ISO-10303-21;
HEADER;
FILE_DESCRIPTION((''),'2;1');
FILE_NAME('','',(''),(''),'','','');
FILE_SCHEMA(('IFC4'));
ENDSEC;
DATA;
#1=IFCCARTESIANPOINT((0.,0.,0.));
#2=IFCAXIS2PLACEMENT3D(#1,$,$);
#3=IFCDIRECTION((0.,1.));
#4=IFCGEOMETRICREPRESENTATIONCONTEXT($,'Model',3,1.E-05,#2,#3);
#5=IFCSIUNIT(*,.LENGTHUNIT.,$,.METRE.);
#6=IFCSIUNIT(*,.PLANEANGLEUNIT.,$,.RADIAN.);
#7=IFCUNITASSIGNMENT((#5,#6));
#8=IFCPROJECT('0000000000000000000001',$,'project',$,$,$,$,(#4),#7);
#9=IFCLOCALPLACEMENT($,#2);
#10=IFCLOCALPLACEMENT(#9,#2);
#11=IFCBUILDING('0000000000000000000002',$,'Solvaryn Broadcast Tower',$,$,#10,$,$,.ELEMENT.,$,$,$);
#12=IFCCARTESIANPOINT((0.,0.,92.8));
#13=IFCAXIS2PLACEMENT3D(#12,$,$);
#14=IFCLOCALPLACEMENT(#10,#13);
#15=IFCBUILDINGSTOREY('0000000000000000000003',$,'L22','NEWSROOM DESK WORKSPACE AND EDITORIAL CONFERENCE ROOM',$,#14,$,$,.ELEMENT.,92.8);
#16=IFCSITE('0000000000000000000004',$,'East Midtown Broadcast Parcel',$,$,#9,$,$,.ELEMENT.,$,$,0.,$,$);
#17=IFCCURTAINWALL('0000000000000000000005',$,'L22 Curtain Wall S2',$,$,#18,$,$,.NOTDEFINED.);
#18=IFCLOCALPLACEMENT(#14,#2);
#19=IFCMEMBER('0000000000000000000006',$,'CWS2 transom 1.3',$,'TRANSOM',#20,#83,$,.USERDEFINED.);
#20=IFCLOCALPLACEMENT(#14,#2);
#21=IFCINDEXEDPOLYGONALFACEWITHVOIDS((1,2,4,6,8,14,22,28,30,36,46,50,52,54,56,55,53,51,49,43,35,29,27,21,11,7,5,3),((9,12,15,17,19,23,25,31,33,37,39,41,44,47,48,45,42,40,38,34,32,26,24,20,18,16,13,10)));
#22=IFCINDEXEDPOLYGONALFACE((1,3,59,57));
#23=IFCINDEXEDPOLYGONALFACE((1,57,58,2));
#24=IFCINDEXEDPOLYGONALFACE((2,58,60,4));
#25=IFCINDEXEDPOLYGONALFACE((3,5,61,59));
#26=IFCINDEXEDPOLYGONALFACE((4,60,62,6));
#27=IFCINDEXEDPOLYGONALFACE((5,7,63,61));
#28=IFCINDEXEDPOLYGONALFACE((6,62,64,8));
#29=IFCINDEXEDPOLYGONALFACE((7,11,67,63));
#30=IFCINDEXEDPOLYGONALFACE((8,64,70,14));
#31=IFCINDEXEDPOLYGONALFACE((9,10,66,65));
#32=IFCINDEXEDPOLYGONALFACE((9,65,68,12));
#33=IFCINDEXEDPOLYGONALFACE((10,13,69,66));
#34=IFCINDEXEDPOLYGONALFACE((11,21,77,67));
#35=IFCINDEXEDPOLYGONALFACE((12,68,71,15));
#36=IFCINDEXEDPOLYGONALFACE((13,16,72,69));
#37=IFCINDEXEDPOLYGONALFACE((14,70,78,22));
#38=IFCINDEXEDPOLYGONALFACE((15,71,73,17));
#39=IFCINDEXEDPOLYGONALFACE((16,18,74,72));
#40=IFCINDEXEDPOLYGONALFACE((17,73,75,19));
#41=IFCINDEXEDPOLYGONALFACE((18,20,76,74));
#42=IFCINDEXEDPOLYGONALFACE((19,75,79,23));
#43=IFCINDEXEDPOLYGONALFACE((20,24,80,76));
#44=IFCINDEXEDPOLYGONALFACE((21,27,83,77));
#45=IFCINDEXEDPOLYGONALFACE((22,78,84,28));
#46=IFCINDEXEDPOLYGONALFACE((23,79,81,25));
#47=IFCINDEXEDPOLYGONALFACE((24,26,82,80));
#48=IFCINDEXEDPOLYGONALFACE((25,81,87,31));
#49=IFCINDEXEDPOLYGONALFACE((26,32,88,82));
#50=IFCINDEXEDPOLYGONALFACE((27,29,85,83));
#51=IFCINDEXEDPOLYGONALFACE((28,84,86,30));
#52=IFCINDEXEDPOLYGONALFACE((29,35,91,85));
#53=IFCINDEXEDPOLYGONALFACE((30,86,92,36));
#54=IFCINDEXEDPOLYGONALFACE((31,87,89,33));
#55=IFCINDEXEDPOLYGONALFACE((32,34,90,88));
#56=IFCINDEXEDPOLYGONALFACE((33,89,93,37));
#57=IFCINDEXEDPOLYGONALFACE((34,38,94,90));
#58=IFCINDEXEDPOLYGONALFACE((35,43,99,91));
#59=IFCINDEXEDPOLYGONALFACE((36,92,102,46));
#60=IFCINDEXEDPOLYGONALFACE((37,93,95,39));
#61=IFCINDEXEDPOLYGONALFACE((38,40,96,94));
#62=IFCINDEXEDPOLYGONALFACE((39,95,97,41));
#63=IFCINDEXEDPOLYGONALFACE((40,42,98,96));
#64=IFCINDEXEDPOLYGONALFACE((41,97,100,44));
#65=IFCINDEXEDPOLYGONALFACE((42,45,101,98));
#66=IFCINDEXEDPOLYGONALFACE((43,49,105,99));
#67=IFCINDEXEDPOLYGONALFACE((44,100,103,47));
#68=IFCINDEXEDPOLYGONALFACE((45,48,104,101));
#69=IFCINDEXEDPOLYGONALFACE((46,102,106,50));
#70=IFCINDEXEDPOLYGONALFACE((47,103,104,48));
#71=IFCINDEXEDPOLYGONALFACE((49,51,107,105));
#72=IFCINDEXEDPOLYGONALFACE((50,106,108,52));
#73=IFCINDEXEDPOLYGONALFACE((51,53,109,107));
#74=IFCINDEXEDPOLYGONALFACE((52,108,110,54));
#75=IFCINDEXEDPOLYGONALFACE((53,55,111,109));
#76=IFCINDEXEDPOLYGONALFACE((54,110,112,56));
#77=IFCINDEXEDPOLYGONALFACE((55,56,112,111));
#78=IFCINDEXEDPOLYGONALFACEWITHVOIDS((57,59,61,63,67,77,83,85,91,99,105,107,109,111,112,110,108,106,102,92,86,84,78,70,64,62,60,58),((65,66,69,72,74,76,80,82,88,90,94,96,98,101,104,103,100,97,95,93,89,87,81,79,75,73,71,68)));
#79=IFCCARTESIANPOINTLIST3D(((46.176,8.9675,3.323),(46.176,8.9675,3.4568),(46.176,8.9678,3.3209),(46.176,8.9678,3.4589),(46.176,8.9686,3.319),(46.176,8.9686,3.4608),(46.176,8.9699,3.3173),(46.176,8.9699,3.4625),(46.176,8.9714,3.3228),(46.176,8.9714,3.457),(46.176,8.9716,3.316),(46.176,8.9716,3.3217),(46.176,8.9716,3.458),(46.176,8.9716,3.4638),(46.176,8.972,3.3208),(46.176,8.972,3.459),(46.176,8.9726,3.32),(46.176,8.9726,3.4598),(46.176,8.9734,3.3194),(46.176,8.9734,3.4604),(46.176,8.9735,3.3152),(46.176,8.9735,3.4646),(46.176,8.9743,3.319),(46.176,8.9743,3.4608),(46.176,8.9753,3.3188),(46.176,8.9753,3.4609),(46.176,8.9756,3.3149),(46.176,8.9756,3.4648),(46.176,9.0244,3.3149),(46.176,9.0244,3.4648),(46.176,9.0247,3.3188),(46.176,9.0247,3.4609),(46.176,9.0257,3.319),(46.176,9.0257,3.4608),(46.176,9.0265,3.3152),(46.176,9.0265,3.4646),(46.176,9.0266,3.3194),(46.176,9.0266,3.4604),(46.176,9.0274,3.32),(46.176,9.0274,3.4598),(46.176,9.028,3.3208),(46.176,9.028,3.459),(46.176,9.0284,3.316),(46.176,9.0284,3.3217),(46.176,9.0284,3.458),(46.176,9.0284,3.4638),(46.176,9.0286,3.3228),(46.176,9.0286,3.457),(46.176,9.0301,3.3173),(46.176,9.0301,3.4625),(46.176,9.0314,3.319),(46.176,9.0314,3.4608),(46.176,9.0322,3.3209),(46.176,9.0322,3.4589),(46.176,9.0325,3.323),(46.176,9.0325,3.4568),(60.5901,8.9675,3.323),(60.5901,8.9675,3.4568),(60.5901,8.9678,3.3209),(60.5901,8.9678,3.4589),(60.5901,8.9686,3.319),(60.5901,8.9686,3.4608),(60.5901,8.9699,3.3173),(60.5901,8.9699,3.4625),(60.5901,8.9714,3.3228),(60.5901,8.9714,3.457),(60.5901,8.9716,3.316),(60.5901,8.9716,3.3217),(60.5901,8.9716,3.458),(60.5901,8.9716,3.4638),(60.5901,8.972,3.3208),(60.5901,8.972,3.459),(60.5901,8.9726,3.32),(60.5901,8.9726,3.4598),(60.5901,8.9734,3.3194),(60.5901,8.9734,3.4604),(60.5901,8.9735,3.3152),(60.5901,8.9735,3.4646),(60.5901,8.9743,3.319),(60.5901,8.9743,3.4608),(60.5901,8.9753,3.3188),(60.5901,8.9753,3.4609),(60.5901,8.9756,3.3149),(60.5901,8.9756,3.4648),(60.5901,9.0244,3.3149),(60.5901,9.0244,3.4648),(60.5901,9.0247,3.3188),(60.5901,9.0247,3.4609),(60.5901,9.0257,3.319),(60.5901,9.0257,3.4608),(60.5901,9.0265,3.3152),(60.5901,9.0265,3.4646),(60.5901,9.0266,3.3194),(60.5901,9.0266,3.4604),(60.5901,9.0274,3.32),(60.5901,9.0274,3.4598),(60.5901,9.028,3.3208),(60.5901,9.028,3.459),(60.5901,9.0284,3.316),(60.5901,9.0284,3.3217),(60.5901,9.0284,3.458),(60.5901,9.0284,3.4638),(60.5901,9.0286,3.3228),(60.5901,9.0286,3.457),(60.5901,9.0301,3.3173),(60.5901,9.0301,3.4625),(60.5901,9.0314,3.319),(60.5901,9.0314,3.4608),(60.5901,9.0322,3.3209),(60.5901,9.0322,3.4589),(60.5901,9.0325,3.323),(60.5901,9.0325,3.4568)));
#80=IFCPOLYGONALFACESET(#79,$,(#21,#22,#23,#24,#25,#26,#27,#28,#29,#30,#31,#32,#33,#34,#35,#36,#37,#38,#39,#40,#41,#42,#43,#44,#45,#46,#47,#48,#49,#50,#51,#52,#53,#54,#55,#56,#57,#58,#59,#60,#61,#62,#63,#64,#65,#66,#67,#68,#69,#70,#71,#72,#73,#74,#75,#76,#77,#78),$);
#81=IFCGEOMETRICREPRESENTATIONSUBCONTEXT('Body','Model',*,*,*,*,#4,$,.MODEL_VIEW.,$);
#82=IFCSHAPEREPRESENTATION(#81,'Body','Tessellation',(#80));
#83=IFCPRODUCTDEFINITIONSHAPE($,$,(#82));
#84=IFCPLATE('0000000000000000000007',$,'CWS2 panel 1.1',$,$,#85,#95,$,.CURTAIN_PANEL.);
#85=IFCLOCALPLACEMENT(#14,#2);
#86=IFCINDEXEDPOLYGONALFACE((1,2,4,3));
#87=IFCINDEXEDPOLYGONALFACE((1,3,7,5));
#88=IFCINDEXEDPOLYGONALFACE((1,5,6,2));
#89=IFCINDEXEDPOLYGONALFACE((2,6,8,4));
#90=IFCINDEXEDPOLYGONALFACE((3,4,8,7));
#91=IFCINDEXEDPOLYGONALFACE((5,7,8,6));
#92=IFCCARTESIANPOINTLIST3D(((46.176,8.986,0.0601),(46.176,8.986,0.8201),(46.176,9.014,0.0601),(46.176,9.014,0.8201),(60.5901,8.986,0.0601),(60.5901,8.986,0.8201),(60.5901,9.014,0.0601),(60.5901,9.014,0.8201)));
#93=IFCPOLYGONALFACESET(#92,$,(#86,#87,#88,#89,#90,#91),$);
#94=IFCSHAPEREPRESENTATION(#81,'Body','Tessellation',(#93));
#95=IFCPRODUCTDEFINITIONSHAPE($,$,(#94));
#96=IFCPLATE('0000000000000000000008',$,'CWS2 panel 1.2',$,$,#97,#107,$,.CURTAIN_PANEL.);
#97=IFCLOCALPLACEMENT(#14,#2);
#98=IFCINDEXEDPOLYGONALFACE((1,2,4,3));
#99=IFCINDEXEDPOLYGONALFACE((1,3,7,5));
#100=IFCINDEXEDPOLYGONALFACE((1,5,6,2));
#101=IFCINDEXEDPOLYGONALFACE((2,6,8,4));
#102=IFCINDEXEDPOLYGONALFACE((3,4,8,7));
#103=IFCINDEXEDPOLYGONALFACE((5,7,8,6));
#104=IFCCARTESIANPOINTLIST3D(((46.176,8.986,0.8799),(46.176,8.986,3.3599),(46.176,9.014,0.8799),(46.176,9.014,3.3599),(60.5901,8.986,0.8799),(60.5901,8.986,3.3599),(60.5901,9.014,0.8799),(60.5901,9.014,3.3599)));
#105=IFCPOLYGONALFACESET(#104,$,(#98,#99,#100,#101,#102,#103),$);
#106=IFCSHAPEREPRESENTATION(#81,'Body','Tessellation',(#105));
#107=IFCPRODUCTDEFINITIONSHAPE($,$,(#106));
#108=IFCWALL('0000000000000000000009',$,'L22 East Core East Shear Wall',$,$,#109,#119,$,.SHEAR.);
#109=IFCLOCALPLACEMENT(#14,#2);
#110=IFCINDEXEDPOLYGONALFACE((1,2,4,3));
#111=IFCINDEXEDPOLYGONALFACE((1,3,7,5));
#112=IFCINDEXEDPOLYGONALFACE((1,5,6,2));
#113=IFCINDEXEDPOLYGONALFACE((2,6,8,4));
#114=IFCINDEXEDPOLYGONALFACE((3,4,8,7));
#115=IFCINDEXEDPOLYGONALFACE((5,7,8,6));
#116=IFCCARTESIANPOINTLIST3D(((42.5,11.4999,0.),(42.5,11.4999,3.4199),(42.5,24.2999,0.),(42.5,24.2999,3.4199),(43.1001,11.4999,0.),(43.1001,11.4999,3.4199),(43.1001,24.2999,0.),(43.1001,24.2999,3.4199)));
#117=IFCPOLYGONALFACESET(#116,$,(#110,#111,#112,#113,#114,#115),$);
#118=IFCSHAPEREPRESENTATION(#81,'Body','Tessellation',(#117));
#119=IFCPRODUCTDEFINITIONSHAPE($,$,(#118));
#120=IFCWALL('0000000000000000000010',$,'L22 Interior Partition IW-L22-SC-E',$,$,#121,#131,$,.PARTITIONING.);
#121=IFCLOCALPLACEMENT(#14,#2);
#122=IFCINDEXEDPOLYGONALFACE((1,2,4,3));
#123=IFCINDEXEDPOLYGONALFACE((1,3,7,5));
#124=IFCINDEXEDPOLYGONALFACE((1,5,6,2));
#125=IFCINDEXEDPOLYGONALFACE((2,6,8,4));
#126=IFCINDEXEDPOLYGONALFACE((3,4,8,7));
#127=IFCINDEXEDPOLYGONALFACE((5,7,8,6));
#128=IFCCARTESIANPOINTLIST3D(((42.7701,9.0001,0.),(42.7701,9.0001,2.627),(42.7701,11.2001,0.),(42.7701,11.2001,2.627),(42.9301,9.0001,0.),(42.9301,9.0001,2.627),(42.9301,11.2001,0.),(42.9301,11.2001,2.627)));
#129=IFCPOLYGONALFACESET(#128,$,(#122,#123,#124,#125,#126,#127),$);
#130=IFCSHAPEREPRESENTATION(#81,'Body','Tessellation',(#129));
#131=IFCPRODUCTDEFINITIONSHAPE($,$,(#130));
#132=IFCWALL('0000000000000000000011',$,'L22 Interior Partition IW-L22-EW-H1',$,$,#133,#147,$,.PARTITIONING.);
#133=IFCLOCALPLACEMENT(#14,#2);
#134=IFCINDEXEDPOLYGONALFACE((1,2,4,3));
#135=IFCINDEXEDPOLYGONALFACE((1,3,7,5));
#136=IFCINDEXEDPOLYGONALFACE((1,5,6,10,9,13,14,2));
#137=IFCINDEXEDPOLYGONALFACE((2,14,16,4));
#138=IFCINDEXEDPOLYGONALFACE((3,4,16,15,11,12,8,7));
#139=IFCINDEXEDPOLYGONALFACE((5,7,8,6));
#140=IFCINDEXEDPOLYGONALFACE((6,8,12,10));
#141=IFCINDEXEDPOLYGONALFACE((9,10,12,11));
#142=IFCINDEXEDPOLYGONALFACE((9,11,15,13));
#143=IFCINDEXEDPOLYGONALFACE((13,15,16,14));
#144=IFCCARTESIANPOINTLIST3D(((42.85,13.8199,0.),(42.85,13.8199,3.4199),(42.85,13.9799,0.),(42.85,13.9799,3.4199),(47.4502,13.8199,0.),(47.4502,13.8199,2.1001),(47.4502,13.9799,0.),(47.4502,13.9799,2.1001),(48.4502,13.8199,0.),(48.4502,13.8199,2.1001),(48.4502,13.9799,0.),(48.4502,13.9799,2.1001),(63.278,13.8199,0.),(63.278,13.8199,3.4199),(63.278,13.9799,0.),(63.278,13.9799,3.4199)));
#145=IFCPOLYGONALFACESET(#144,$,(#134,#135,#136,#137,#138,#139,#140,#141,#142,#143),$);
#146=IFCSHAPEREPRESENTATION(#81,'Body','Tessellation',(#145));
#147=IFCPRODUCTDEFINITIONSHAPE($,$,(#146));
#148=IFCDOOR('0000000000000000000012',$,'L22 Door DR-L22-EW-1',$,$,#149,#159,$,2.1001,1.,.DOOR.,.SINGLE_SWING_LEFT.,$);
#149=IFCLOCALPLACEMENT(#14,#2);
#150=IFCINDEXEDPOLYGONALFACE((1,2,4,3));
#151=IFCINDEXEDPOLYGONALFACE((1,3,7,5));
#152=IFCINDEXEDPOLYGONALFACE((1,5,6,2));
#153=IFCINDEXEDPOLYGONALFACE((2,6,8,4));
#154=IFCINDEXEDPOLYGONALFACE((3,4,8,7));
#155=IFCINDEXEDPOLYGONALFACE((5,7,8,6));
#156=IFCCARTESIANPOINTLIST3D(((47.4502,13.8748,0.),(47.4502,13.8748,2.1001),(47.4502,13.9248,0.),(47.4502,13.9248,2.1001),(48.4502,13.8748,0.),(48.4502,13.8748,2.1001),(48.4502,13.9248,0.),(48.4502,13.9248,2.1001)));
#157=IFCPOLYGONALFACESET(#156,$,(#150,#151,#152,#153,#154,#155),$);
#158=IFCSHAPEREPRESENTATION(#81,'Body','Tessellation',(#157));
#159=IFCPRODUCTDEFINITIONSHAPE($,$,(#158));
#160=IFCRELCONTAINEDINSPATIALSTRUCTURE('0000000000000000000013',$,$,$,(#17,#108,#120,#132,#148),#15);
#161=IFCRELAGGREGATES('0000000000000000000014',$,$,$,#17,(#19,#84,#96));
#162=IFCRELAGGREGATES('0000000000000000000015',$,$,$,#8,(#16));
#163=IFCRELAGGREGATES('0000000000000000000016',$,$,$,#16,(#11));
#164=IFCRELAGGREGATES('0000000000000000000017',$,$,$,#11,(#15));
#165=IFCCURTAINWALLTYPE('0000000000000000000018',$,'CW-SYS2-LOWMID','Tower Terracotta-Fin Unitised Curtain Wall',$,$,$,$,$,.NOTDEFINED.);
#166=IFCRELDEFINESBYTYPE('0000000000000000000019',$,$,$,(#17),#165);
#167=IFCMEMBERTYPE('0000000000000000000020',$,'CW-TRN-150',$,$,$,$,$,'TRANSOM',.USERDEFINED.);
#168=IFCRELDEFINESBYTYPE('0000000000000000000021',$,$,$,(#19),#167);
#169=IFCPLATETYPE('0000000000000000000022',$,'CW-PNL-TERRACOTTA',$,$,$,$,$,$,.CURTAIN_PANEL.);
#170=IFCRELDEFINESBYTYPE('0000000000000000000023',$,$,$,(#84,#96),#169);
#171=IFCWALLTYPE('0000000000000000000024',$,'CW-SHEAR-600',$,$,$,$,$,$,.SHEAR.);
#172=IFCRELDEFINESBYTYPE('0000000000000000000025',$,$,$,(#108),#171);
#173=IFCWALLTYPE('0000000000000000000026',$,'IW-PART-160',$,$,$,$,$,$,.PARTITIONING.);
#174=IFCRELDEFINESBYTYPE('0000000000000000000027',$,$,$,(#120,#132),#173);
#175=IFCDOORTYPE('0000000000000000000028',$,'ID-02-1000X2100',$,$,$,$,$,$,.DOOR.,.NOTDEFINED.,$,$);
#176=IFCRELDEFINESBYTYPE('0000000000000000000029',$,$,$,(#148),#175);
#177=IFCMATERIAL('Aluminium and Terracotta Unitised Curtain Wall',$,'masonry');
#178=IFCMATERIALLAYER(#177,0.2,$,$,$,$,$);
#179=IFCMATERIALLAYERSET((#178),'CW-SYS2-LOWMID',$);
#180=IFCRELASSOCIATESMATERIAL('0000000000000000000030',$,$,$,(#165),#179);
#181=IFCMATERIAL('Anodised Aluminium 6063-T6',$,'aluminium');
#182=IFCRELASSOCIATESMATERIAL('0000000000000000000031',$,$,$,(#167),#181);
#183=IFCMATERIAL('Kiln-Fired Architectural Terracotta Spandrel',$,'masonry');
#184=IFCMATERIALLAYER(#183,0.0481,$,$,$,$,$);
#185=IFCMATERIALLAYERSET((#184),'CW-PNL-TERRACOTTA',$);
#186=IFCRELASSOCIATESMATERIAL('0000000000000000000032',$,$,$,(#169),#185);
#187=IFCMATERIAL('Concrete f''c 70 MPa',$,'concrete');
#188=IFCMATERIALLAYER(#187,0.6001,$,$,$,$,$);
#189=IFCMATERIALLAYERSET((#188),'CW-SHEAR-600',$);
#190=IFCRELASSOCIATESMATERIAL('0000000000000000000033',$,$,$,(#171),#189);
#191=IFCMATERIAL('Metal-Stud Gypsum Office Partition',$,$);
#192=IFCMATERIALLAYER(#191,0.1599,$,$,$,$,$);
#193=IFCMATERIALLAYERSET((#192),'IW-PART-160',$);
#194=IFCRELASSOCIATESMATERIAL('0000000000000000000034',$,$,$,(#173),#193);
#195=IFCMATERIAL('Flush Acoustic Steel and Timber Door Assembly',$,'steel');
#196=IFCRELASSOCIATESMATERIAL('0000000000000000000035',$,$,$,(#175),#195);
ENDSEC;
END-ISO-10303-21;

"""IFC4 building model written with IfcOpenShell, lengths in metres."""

from ifc_helpers import new_model, si_unit, direction, frame, frame_2d, origin, origin_2d, place, context, subcontext, project, spatial, rectangle, hollow_rectangle, extrude, material, layer, layer_set, material_profile, profile_set, type_object, element, fill, aggregate, save


model = new_model("IFC4")

# Units and contexts
model_context = context("Model", 3, precision=1e-05, world=origin(), true_north=direction((0.0, 1.0)))
body_context = subcontext(model_context, "Body", "Model", "MODEL_VIEW")
ifc_project = project(units=[si_unit("LENGTHUNIT", "METRE"), si_unit("PLANEANGLEUNIT", "RADIAN")], contexts=[model_context])

# Site, building, storey
site_placement = place(None, origin())
site = spatial("IfcSite", under=ifc_project, at=site_placement, Name="East Midtown Broadcast Parcel", CompositionType="ELEMENT", RefElevation=0.0)
building_placement = place(site_placement, origin())
building = spatial("IfcBuilding", under=site, at=building_placement, Name="Solvaryn Broadcast Tower", CompositionType="ELEMENT")
storey_placement = place(building_placement, frame((0.0, 0.0, 92.8)))
storey = spatial("IfcBuildingStorey", under=building, at=storey_placement, Name="L22", Description="NEWSROOM DESK WORKSPACE AND EDITORIAL CONFERENCE ROOM", CompositionType="ELEMENT", Elevation=92.8)

# Shared definitions
ifc_material_1 = material(Name="Aluminium and Terracotta Unitised Curtain Wall", Category="masonry")
ifc_layer_1 = layer(ifc_material_1, 0.2)
ifc_layer_set_1 = layer_set([ifc_layer_1], Name="CW-SYS2-LOWMID")
curtain_wall_type = type_object("IfcCurtainWallType", Name="CW-SYS2-LOWMID", Description="Tower Terracotta-Fin Unitised Curtain Wall", PredefinedType="NOTDEFINED", material=ifc_layer_set_1)

# Curtain wall, member, plates
curtain_wall_1_placement = place(storey_placement, origin())
curtain_wall_1 = element("IfcCurtainWall", 1, at=curtain_wall_1_placement, inside=storey, type_object=curtain_wall_type, Name="L22 Curtain Wall S2", PredefinedType="NOTDEFINED")
ifc_material_2 = material(Name="Anodised Aluminium 6063-T6", Category="aluminium")
ifc_material_profile_1 = material_profile(ifc_material_2, hollow_rectangle(XDim=0.0649, YDim=0.1499, WallThickness=0.0039, InnerFilletRadius=0.0039, OuterFilletRadius=0.0081, at=origin_2d()))
ifc_profile_set_1 = profile_set([ifc_material_profile_1], Name="Anodised Aluminium 6063-T6")
member_type_1 = type_object("IfcMemberType", Name="CW-TRN-150", ElementType="TRANSOM", PredefinedType="USERDEFINED", material=ifc_profile_set_1)
member_1_placement = place(storey_placement, frame((46.176, 9.0, 3.3899), z_axis=(1.0, 0.0, 0.0), x_axis=(0.0, 1.0, 0.0)))
member_1 = element("IfcMember", 2, at=member_1_placement, type_object=member_type_1, Name="CWS2 transom 1.3", ObjectType="TRANSOM", PredefinedType="USERDEFINED", context=body_context, shape_type="SweptSolid", body=[
    extrude(hollow_rectangle(XDim=0.0649, YDim=0.1499, WallThickness=0.0039, InnerFilletRadius=0.0039, OuterFilletRadius=0.0081, at=origin_2d()), origin(), (0.0, 0.0, 1.0), 14.4141),
])
ifc_material_3 = material(Name="Kiln-Fired Architectural Terracotta Spandrel", Category="masonry")
ifc_layer_2 = layer(ifc_material_3, 0.0481)
ifc_layer_set_2 = layer_set([ifc_layer_2], Name="CW-PNL-TERRACOTTA")
plate_type = type_object("IfcPlateType", Name="CW-PNL-TERRACOTTA", PredefinedType="CURTAIN_PANEL", material=ifc_layer_set_2)
plate_1_placement = place(storey_placement, frame((53.3831, 9.0, 0.0601), z_axis=(0.0, 0.0, 1.0), x_axis=(1.0, 0.0, 0.0)))
plate_1 = element("IfcPlate", 3, at=plate_1_placement, type_object=plate_type, Name="CWS2 panel 1.1", PredefinedType="CURTAIN_PANEL", context=body_context, shape_type="SweptSolid", body=[
    extrude(rectangle(XDim=14.4141, YDim=0.0281, at=origin_2d()), origin(), (0.0, 0.0, 1.0), 0.76),
])
plate_2_placement = place(storey_placement, frame((53.3831, 9.0, 0.8799), z_axis=(0.0, 0.0, 1.0), x_axis=(1.0, 0.0, 0.0)))
plate_2 = element("IfcPlate", 4, at=plate_2_placement, type_object=plate_type, Name="CWS2 panel 1.2", PredefinedType="CURTAIN_PANEL", context=body_context, shape_type="SweptSolid", body=[
    extrude(rectangle(XDim=14.4141, YDim=0.0281, at=origin_2d()), origin(), (0.0, 0.0, 1.0), 2.48),
])
aggregate(curtain_wall_1, [member_1, plate_1, plate_2])

# Walls
ifc_material_4 = material(Name="Concrete f'c 70 MPa", Category="concrete")
ifc_layer_3 = layer(ifc_material_4, 0.6001)
ifc_layer_set_3 = layer_set([ifc_layer_3], Name="CW-SHEAR-600")
wall_type_1 = type_object("IfcWallType", Name="CW-SHEAR-600", PredefinedType="SHEAR", material=ifc_layer_set_3)
wall_1_placement = place(storey_placement, frame((42.8, 11.5, 0.0), z_axis=(0.0, 0.0, 1.0), x_axis=(0.0, 1.0, 0.0)))
element("IfcWall", 5, at=wall_1_placement, inside=storey, type_object=wall_type_1, Name="L22 East Core East Shear Wall", PredefinedType="SHEAR", context=body_context, shape_type="SweptSolid", body=[
    extrude(rectangle(XDim=12.8, YDim=0.6001, at=frame_2d((6.3999, 0.0))), origin(), (0.0, 0.0, 1.0), 3.4199),
])
ifc_material_5 = material(Name="Metal-Stud Gypsum Office Partition")
ifc_layer_4 = layer(ifc_material_5, 0.1599)
ifc_layer_set_4 = layer_set([ifc_layer_4], Name="IW-PART-160")
wall_type_2 = type_object("IfcWallType", Name="IW-PART-160", PredefinedType="PARTITIONING", material=ifc_layer_set_4)
wall_2_placement = place(storey_placement, frame((42.8501, 9.0, 0.0), z_axis=(0.0, 0.0, 1.0), x_axis=(0.0, 1.0, 0.0)))
element("IfcWall", 6, at=wall_2_placement, inside=storey, type_object=wall_type_2, Name="L22 Interior Partition IW-L22-SC-E", PredefinedType="PARTITIONING", context=body_context, shape_type="SweptSolid", body=[
    extrude(rectangle(XDim=2.2, YDim=0.1599, at=frame_2d((1.1001, 0.0))), origin(), (0.0, 0.0, 1.0), 2.627),
])

# Wall, opening, door
wall_3_placement = place(storey_placement, frame((42.8501, 13.8999, 0.0), z_axis=(0.0, 0.0, 1.0), x_axis=(1.0, 0.0, 0.0)))
wall_3 = element("IfcWall", 7, at=wall_3_placement, inside=storey, type_object=wall_type_2, Name="L22 Interior Partition IW-L22-EW-H1", PredefinedType="PARTITIONING", context=body_context, shape_type="SweptSolid", body=[
    extrude(rectangle(XDim=20.428, YDim=0.1599, at=frame_2d((10.2139, 0.0))), origin(), (0.0, 0.0, 1.0), 3.4199),
])
opening_1_placement = place(wall_3_placement, frame((4.6001, 0.0, 0.0)))
opening_1 = element("IfcOpeningElement", 8, at=opening_1_placement, cuts=wall_3, PredefinedType="OPENING", context=body_context, shape_type="SweptSolid", body=[
    extrude(rectangle(XDim=1.0, YDim=2.1001, at=frame_2d((0.5, 1.05))), frame((0.0, 0.0901, 0.0), z_axis=(0.0, -1.0, 0.0), x_axis=(1.0, 0.0, 0.0)), (0.0, 0.0, 1.0), 0.1799),
])
ifc_material_6 = material(Name="Flush Acoustic Steel and Timber Door Assembly", Category="steel")
door_type_1 = type_object("IfcDoorType", Name="ID-02-1000X2100", OperationType="NOTDEFINED", PredefinedType="DOOR", material=ifc_material_6)
door_1_placement = place(opening_1_placement, origin())
door_1 = element("IfcDoor", 9, at=door_1_placement, inside=storey, type_object=door_type_1, Name="L22 Door DR-L22-EW-1", OperationType="SINGLE_SWING_LEFT", OverallHeight=2.1001, OverallWidth=1.0, PredefinedType="DOOR", context=body_context, shape_type="SweptSolid", body=[
    extrude(rectangle(XDim=1.0, YDim=2.1001, at=frame_2d((0.5, 1.05))), frame((0.0, 0.0249, 0.0), z_axis=(0.0, -1.0, 0.0), x_axis=(1.0, 0.0, 0.0)), (0.0, 0.0, 1.0), 0.05),
])
fill(opening_1, door_1)

save(model, "model.ifc")
